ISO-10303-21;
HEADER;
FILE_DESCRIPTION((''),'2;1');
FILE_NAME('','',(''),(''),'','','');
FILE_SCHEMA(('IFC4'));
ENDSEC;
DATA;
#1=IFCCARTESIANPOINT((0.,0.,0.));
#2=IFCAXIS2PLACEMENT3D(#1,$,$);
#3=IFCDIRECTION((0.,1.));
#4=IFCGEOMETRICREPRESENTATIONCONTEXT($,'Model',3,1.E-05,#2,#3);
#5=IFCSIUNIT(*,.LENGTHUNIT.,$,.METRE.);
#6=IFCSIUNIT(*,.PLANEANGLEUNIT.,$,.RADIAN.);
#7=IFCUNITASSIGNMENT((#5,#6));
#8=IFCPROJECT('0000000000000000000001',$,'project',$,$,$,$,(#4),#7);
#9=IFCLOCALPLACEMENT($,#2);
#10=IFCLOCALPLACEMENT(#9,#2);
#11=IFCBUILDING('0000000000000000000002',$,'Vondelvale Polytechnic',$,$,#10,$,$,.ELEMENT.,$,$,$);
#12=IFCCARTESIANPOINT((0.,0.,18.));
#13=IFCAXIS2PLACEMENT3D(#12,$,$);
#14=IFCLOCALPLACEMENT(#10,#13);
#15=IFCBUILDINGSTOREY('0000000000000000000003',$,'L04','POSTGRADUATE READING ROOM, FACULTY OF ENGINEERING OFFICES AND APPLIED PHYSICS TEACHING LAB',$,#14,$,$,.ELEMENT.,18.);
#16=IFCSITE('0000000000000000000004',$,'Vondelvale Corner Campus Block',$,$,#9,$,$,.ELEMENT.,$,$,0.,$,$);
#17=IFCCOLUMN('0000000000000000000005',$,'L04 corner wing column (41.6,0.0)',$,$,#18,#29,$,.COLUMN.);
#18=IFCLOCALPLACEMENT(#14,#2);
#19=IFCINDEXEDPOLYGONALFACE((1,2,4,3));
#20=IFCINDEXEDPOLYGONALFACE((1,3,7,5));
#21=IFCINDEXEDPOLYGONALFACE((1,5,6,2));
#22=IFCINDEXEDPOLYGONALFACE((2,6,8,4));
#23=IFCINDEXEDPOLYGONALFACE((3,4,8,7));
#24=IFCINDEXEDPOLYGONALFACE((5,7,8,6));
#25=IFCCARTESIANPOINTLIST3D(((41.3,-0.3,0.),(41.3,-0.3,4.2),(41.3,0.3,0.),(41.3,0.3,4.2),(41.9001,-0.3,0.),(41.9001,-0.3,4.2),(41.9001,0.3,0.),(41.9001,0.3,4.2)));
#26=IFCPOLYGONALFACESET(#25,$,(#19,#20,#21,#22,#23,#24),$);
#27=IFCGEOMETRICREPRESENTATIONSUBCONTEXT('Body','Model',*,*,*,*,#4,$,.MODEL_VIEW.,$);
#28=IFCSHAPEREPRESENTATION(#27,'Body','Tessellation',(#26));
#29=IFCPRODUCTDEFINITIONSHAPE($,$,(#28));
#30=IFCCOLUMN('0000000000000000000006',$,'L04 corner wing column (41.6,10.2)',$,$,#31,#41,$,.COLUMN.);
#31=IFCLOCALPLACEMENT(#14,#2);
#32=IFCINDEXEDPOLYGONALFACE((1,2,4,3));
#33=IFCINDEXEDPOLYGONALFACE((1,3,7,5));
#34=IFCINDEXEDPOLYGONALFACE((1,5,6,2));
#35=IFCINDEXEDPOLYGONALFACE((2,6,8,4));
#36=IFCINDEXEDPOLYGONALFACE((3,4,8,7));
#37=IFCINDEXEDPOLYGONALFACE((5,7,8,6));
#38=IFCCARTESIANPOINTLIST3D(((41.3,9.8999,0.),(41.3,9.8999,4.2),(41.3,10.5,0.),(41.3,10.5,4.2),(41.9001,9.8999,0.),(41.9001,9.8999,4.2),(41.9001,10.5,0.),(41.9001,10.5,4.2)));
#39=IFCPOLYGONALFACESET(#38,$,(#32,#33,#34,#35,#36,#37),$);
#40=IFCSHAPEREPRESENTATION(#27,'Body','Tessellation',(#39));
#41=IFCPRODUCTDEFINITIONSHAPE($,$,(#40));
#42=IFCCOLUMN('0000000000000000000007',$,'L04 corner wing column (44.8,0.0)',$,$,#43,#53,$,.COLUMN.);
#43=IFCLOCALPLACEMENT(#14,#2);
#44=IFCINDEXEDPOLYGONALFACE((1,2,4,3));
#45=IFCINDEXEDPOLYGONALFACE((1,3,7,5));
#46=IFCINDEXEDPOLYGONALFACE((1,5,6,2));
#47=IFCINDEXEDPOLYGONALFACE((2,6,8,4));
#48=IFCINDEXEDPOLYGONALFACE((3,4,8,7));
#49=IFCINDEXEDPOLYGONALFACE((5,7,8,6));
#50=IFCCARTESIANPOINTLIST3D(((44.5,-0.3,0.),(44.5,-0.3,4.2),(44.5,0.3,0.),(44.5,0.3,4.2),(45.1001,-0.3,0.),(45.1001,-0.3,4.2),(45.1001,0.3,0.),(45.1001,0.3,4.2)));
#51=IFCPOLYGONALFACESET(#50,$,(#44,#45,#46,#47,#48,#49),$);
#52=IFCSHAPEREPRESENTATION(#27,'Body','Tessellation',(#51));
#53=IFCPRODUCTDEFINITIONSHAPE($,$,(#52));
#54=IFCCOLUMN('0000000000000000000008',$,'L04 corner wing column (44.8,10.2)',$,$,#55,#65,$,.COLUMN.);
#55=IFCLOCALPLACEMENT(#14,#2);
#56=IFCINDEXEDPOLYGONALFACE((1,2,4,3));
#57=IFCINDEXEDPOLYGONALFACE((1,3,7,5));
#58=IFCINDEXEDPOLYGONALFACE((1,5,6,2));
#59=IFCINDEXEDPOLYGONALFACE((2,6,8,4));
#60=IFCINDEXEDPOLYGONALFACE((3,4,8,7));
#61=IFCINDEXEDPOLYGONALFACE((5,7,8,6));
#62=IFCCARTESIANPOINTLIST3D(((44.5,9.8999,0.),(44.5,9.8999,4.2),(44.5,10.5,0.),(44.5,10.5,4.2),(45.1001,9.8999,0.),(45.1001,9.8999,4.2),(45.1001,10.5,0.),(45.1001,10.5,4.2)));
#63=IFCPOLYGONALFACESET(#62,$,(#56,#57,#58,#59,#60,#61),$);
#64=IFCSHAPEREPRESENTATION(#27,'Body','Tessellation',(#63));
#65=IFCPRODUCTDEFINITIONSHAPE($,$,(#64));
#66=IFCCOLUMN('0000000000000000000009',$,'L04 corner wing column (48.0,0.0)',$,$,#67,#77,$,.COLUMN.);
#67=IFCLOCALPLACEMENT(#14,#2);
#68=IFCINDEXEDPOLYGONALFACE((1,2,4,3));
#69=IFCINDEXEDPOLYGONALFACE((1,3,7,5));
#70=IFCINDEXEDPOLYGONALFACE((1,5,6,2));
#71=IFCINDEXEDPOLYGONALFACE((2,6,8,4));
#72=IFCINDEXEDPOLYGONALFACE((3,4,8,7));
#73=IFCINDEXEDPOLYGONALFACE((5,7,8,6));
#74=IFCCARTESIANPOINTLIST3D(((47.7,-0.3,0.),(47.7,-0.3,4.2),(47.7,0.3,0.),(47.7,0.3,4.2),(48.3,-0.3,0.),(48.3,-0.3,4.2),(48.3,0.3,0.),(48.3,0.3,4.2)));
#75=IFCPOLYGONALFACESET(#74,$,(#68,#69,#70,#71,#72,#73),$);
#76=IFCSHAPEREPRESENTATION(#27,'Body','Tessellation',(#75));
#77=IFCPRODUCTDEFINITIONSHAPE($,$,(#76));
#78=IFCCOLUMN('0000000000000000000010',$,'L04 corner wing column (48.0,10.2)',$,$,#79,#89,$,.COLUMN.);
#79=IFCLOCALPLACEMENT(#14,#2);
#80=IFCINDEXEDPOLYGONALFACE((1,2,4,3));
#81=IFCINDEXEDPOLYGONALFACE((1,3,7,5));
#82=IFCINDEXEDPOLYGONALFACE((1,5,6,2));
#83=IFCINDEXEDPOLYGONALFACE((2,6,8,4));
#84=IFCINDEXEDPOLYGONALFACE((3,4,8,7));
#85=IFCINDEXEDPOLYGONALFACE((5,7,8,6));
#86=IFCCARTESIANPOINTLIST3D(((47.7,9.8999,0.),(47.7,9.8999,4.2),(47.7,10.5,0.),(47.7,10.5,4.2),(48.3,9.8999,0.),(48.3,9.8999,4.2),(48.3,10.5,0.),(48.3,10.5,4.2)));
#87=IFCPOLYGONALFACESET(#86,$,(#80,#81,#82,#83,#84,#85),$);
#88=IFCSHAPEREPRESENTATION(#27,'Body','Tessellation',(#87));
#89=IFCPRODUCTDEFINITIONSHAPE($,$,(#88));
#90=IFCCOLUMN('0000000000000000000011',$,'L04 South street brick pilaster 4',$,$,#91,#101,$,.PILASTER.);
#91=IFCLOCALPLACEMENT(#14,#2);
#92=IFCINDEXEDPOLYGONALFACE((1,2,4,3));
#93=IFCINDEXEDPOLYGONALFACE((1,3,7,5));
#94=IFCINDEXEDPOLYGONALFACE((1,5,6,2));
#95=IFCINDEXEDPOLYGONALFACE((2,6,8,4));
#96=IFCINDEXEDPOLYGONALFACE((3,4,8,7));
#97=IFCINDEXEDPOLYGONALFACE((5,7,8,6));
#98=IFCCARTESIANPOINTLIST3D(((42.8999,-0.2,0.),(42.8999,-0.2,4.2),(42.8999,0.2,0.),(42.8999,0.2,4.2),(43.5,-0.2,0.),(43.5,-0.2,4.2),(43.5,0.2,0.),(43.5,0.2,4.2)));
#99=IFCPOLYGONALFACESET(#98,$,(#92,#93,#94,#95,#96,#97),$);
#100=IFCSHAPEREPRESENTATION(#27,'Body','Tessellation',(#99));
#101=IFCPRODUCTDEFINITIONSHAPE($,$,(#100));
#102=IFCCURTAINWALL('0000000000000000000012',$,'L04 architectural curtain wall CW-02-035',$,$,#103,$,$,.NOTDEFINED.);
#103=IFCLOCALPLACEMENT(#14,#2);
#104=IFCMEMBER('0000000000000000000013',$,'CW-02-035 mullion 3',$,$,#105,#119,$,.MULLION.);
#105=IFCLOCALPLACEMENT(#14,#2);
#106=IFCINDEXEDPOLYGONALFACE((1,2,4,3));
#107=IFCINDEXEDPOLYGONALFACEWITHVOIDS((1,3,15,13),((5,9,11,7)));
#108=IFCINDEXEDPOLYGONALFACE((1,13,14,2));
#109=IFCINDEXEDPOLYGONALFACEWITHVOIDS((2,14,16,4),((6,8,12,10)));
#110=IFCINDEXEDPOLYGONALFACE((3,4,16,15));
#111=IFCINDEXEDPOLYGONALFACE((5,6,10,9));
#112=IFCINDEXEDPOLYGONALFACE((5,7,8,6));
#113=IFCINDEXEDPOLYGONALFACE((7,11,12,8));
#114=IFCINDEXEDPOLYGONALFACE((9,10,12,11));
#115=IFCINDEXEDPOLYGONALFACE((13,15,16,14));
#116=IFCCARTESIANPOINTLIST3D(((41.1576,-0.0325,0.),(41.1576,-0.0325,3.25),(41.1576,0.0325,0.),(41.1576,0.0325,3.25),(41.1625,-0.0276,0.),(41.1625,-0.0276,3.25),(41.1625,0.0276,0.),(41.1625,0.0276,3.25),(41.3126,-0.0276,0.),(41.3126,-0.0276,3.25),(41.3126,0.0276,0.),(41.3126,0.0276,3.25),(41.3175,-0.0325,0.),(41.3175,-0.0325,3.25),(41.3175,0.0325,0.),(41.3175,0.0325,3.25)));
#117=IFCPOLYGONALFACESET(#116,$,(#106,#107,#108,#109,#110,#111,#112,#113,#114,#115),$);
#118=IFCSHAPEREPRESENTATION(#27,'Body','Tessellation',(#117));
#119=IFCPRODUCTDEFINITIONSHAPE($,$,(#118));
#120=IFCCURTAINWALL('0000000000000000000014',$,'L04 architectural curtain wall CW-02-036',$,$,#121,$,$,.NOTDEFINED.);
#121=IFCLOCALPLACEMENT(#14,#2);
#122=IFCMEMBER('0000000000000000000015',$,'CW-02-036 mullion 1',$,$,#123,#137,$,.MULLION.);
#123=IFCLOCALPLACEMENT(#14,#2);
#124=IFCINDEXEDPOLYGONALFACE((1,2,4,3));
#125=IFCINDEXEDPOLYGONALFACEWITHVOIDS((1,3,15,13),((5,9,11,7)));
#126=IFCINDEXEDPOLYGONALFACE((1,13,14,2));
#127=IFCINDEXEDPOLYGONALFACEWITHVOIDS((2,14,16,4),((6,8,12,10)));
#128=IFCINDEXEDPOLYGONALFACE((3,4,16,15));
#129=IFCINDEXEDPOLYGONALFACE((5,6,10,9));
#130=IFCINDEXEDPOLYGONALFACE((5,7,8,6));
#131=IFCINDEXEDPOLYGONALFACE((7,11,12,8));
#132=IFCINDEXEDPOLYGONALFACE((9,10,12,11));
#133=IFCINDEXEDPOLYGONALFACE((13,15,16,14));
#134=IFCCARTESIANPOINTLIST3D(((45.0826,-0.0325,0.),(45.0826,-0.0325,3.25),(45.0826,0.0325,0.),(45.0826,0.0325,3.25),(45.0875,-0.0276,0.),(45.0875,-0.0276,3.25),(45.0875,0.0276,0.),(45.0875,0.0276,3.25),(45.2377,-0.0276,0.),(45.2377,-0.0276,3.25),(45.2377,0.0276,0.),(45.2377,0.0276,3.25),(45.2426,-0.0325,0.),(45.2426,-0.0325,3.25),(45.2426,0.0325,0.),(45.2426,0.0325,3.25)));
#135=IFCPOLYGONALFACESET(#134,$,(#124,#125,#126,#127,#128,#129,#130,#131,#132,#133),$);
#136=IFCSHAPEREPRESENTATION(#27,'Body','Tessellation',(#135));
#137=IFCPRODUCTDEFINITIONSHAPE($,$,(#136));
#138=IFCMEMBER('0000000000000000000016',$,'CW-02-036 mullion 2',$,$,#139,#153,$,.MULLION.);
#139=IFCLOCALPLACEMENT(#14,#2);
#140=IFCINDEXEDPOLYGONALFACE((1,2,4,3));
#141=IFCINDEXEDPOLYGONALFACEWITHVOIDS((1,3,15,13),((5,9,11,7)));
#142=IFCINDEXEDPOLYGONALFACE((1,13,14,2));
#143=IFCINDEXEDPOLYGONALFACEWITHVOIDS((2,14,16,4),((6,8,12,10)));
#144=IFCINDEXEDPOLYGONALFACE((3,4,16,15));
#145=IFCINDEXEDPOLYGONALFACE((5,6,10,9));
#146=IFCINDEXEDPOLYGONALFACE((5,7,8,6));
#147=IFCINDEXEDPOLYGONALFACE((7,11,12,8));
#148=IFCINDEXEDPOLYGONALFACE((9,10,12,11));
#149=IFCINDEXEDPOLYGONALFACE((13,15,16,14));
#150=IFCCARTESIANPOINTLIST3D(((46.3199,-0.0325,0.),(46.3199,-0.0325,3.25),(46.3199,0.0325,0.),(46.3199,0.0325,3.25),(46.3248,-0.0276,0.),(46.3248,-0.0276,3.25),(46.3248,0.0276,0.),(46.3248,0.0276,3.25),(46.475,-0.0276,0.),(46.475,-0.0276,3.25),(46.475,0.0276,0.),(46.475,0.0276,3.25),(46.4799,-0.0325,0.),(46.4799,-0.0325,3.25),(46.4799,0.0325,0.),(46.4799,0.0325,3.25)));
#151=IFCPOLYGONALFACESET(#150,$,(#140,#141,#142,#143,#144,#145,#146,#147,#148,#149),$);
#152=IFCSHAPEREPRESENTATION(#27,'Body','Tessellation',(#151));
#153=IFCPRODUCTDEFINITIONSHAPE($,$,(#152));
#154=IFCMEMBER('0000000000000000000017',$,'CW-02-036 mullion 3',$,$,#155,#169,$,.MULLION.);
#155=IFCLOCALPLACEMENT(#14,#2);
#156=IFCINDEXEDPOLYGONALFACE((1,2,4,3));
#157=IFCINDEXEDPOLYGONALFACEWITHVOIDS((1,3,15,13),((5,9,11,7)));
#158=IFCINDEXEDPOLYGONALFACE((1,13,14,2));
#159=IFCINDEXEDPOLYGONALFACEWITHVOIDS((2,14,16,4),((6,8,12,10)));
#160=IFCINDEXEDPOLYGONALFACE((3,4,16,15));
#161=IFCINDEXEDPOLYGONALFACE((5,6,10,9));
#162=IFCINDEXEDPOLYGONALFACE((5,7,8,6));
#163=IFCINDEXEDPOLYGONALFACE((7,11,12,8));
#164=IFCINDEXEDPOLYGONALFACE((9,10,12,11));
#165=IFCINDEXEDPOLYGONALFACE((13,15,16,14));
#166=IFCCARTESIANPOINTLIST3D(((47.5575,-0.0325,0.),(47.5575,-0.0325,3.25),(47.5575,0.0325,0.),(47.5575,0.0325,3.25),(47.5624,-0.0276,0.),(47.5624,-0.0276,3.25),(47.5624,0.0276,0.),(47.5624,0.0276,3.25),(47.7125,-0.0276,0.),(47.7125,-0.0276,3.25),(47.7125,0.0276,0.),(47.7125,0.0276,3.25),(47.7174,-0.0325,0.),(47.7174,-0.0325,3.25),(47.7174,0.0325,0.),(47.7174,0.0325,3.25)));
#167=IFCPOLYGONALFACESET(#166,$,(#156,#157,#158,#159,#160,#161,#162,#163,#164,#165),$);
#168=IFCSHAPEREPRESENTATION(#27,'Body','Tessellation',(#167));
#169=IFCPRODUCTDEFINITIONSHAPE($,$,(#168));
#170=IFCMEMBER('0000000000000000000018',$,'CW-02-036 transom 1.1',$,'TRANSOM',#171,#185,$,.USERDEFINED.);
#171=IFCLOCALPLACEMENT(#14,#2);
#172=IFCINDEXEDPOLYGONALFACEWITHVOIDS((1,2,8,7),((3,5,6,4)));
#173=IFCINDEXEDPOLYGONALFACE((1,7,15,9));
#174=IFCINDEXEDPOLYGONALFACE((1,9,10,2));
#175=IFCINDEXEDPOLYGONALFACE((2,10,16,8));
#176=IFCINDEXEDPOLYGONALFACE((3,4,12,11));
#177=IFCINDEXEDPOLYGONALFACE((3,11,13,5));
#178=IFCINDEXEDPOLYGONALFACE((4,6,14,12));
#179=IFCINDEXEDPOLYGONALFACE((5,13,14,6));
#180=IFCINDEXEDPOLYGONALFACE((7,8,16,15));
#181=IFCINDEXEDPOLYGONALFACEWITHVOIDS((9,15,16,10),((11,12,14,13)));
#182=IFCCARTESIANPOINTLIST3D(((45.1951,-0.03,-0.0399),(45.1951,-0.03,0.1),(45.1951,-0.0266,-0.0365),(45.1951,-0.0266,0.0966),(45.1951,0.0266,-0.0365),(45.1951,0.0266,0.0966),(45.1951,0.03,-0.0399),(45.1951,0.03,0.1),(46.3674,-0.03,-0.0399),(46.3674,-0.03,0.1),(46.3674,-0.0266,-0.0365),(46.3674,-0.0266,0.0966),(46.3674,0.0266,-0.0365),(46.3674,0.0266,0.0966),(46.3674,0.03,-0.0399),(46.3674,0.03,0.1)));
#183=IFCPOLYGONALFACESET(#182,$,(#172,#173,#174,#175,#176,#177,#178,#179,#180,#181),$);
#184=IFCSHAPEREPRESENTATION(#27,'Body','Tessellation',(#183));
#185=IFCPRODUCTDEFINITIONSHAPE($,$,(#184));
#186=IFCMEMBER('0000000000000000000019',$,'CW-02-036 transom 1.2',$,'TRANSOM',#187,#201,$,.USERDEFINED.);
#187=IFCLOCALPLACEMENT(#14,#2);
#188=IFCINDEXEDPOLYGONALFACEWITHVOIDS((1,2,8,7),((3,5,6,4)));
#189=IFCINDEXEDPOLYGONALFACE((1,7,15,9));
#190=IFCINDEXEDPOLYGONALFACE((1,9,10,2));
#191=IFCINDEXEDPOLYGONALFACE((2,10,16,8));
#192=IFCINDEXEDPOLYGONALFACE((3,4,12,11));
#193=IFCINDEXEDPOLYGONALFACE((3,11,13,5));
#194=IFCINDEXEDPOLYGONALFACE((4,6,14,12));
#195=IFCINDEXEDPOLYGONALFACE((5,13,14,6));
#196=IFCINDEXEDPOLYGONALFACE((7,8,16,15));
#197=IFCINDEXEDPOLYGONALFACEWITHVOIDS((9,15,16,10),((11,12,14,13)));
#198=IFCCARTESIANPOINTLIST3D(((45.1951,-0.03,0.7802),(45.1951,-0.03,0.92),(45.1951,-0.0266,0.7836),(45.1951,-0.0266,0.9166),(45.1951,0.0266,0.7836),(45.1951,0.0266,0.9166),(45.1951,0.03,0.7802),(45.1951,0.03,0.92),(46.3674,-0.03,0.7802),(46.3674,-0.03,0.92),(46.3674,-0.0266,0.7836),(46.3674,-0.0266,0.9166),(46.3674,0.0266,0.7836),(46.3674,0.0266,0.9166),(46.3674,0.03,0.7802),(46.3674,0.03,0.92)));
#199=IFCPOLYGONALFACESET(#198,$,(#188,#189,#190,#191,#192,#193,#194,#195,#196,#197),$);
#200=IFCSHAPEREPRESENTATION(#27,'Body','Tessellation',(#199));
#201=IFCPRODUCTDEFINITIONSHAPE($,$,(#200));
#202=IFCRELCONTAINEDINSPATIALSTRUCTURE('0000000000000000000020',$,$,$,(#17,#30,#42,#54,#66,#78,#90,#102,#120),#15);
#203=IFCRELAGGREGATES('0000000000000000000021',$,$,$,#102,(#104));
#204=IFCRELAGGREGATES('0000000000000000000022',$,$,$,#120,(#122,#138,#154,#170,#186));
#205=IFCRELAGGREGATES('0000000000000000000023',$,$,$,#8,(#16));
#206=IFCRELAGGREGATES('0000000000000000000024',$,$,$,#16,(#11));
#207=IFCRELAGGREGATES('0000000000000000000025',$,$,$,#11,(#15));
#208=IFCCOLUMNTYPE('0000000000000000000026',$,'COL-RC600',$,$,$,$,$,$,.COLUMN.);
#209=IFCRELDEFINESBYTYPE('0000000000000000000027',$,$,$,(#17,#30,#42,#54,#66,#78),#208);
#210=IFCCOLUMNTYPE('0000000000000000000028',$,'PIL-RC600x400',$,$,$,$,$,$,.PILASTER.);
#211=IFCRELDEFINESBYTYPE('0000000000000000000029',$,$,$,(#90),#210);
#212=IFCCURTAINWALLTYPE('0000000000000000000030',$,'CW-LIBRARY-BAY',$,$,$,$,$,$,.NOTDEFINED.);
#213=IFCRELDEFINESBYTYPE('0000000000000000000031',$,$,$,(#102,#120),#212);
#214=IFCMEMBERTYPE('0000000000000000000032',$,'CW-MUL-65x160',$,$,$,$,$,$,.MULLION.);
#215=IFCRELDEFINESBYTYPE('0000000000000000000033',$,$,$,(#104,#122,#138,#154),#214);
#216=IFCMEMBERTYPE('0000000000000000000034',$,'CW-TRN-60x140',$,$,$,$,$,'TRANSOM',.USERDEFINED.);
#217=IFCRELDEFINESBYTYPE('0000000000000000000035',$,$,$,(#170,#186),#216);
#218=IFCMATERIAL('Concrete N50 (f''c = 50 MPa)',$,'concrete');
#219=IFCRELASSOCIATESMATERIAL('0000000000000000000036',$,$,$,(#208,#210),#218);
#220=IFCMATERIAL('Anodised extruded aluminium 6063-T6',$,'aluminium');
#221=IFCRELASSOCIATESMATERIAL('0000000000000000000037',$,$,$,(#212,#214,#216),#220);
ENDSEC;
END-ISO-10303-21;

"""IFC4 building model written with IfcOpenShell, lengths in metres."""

from ifc_helpers import new_model, si_unit, direction, frame, origin, origin_2d, place, context, subcontext, project, spatial, rectangle, hollow_rectangle, extrude, material, material_profile, profile_set, type_object, element, aggregate, save


model = new_model("IFC4")

# Units and contexts
model_context = context("Model", 3, precision=1e-05, world=origin(), true_north=direction((0.0, 1.0)))
body_context = subcontext(model_context, "Body", "Model", "MODEL_VIEW")
ifc_project = project(units=[si_unit("LENGTHUNIT", "METRE"), si_unit("PLANEANGLEUNIT", "RADIAN")], contexts=[model_context])

# Site, building, storey
site_placement = place(None, origin())
site = spatial("IfcSite", under=ifc_project, at=site_placement, Name="Vondelvale Corner Campus Block", CompositionType="ELEMENT", RefElevation=0.0)
building_placement = place(site_placement, origin())
building = spatial("IfcBuilding", under=site, at=building_placement, Name="Vondelvale Polytechnic", CompositionType="ELEMENT")
storey_placement = place(building_placement, frame((0.0, 0.0, 18.0)))
storey = spatial("IfcBuildingStorey", under=building, at=storey_placement, Name="L04", Description="POSTGRADUATE READING ROOM, FACULTY OF ENGINEERING OFFICES AND APPLIED PHYSICS TEACHING LAB", CompositionType="ELEMENT", Elevation=18.0)

# Columns
ifc_material_1 = material(Name="Concrete N50 (f'c = 50 MPa)", Category="concrete")
ifc_material_profile_1 = material_profile(ifc_material_1, rectangle(XDim=0.6001, YDim=0.6001, at=origin_2d()), Name="RC-COL-600x600")
ifc_profile_set_1 = profile_set([ifc_material_profile_1], Name="Concrete N50 (f'c = 50 MPa)")
column_type_1 = type_object("IfcColumnType", Name="COL-RC600", PredefinedType="COLUMN", material=ifc_profile_set_1)
for number, where, z_axis, x_axis, name in (
    (1, (41.6001, 0.0, 0.0), (0.0, 0.0, 1.0), (1.0, 0.0, 0.0), "L04 corner wing column (41.6,0.0)"),
    (2, (41.6001, 10.2, 0.0), (0.0, 0.0, 1.0), (1.0, 0.0, 0.0), "L04 corner wing column (41.6,10.2)"),
    (3, (44.8, 0.0, 0.0), (0.0, 0.0, 1.0), (1.0, 0.0, 0.0), "L04 corner wing column (44.8,0.0)"),
    (4, (44.8, 10.2, 0.0), (0.0, 0.0, 1.0), (1.0, 0.0, 0.0), "L04 corner wing column (44.8,10.2)"),
    (5, (48.0, 0.0, 0.0), (0.0, 0.0, 1.0), (1.0, 0.0, 0.0), "L04 corner wing column (48.0,0.0)"),
    (6, (48.0, 10.2, 0.0), (0.0, 0.0, 1.0), (1.0, 0.0, 0.0), "L04 corner wing column (48.0,10.2)"),
):
    element("IfcColumn", number, at=place(storey_placement, frame(where, z_axis=z_axis, x_axis=x_axis)), inside=storey, type_object=column_type_1, Name=name, PredefinedType="COLUMN", context=body_context, shape_type="SweptSolid", body=[
        extrude(rectangle(XDim=0.6001, YDim=0.6001, at=origin_2d()), origin(), (0.0, 0.0, 1.0), 4.2),
    ])
ifc_material_profile_2 = material_profile(ifc_material_1, rectangle(XDim=0.3999, YDim=0.6001, at=origin_2d()), Name="RC-PIL-600x400")
ifc_profile_set_2 = profile_set([ifc_material_profile_2], Name="Concrete N50 (f'c = 50 MPa)")
column_type_2 = type_object("IfcColumnType", Name="PIL-RC600x400", PredefinedType="PILASTER", material=ifc_profile_set_2)
column_placement = place(storey_placement, frame((43.2, 0.0, 0.0), z_axis=(0.0, 0.0, 1.0), x_axis=(0.0, 1.0, 0.0)))
element("IfcColumn", 7, at=column_placement, inside=storey, type_object=column_type_2, Name="L04 South street brick pilaster 4", PredefinedType="PILASTER", context=body_context, shape_type="SweptSolid", body=[
    extrude(rectangle(XDim=0.3999, YDim=0.6001, at=origin_2d()), origin(), (0.0, 0.0, 1.0), 4.2),
])

# Curtain wall, member
ifc_material_2 = material(Name="Anodised extruded aluminium 6063-T6", Category="aluminium")
curtain_wall_type = type_object("IfcCurtainWallType", Name="CW-LIBRARY-BAY", PredefinedType="NOTDEFINED", material=ifc_material_2)
curtain_wall_1_placement = place(storey_placement, origin())
curtain_wall_1 = element("IfcCurtainWall", 8, at=curtain_wall_1_placement, inside=storey, type_object=curtain_wall_type, Name="L04 architectural curtain wall CW-02-035", PredefinedType="NOTDEFINED")
ifc_material_profile_3 = material_profile(ifc_material_2, hollow_rectangle(XDim=0.0649, YDim=0.1599, WallThickness=0.0049, at=origin_2d()), Name="CW-MUL-160x65")
ifc_profile_set_3 = profile_set([ifc_material_profile_3], Name="Anodised extruded aluminium 6063-T6")
member_type_1 = type_object("IfcMemberType", Name="CW-MUL-65x160", PredefinedType="MULLION", material=ifc_profile_set_3)
member_1_placement = place(storey_placement, frame((41.2375, 0.0, 0.0), z_axis=(0.0, 0.0, 1.0), x_axis=(0.0, 1.0, 0.0)))
member_1 = element("IfcMember", 9, at=member_1_placement, type_object=member_type_1, Name="CW-02-035 mullion 3", PredefinedType="MULLION", context=body_context, shape_type="SweptSolid", body=[
    extrude(hollow_rectangle(XDim=0.0649, YDim=0.1599, WallThickness=0.0049, at=origin_2d()), origin(), (0.0, 0.0, 1.0), 3.25),
])

# Curtain wall, members
curtain_wall_2_placement = place(storey_placement, origin())
curtain_wall_2 = element("IfcCurtainWall", 10, at=curtain_wall_2_placement, inside=storey, type_object=curtain_wall_type, Name="L04 architectural curtain wall CW-02-036", PredefinedType="NOTDEFINED")
member_2_placement = place(storey_placement, frame((45.1626, 0.0, 0.0), z_axis=(0.0, 0.0, 1.0), x_axis=(0.0, 1.0, 0.0)))
member_2 = element("IfcMember", 11, at=member_2_placement, type_object=member_type_1, Name="CW-02-036 mullion 1", PredefinedType="MULLION", context=body_context, shape_type="SweptSolid", body=[
    extrude(hollow_rectangle(XDim=0.0649, YDim=0.1599, WallThickness=0.0049, at=origin_2d()), origin(), (0.0, 0.0, 1.0), 3.25),
])
member_3_placement = place(storey_placement, frame((46.3999, 0.0, 0.0), z_axis=(0.0, 0.0, 1.0), x_axis=(0.0, 1.0, 0.0)))
member_3 = element("IfcMember", 12, at=member_3_placement, type_object=member_type_1, Name="CW-02-036 mullion 2", PredefinedType="MULLION", context=body_context, shape_type="SweptSolid", body=[
    extrude(hollow_rectangle(XDim=0.0649, YDim=0.1599, WallThickness=0.0049, at=origin_2d()), origin(), (0.0, 0.0, 1.0), 3.25),
])
member_4_placement = place(storey_placement, frame((47.6375, 0.0, 0.0), z_axis=(0.0, 0.0, 1.0), x_axis=(0.0, 1.0, 0.0)))
member_4 = element("IfcMember", 13, at=member_4_placement, type_object=member_type_1, Name="CW-02-036 mullion 3", PredefinedType="MULLION", context=body_context, shape_type="SweptSolid", body=[
    extrude(hollow_rectangle(XDim=0.0649, YDim=0.1599, WallThickness=0.0049, at=origin_2d()), origin(), (0.0, 0.0, 1.0), 3.25),
])
ifc_material_profile_4 = material_profile(ifc_material_2, hollow_rectangle(XDim=0.0601, YDim=0.1399, WallThickness=0.0034, at=origin_2d()), Name="CW-TRN-140x60")
ifc_profile_set_4 = profile_set([ifc_material_profile_4], Name="Anodised extruded aluminium 6063-T6")
member_type_2 = type_object("IfcMemberType", Name="CW-TRN-60x140", ElementType="TRANSOM", PredefinedType="USERDEFINED", material=ifc_profile_set_4)
member_5_placement = place(storey_placement, frame((45.1951, 0.0, 0.03), z_axis=(1.0, 0.0, 0.0), x_axis=(0.0, 1.0, 0.0)))
member_5 = element("IfcMember", 14, at=member_5_placement, type_object=member_type_2, Name="CW-02-036 transom 1.1", ObjectType="TRANSOM", PredefinedType="USERDEFINED", context=body_context, shape_type="SweptSolid", body=[
    extrude(hollow_rectangle(XDim=0.0601, YDim=0.1399, WallThickness=0.0034, at=origin_2d()), origin(), (0.0, 0.0, 1.0), 1.1724),
])
member_6_placement = place(storey_placement, frame((45.1951, 0.0, 0.8501), z_axis=(1.0, 0.0, 0.0), x_axis=(0.0, 1.0, 0.0)))
member_6 = element("IfcMember", 15, at=member_6_placement, type_object=member_type_2, Name="CW-02-036 transom 1.2", ObjectType="TRANSOM", PredefinedType="USERDEFINED", context=body_context, shape_type="SweptSolid", body=[
    extrude(hollow_rectangle(XDim=0.0601, YDim=0.1399, WallThickness=0.0034, at=origin_2d()), origin(), (0.0, 0.0, 1.0), 1.1724),
])

aggregate(curtain_wall_1, [member_1])
aggregate(curtain_wall_2, [member_2, member_3, member_4, member_5, member_6])

save(model, "model.ifc")
